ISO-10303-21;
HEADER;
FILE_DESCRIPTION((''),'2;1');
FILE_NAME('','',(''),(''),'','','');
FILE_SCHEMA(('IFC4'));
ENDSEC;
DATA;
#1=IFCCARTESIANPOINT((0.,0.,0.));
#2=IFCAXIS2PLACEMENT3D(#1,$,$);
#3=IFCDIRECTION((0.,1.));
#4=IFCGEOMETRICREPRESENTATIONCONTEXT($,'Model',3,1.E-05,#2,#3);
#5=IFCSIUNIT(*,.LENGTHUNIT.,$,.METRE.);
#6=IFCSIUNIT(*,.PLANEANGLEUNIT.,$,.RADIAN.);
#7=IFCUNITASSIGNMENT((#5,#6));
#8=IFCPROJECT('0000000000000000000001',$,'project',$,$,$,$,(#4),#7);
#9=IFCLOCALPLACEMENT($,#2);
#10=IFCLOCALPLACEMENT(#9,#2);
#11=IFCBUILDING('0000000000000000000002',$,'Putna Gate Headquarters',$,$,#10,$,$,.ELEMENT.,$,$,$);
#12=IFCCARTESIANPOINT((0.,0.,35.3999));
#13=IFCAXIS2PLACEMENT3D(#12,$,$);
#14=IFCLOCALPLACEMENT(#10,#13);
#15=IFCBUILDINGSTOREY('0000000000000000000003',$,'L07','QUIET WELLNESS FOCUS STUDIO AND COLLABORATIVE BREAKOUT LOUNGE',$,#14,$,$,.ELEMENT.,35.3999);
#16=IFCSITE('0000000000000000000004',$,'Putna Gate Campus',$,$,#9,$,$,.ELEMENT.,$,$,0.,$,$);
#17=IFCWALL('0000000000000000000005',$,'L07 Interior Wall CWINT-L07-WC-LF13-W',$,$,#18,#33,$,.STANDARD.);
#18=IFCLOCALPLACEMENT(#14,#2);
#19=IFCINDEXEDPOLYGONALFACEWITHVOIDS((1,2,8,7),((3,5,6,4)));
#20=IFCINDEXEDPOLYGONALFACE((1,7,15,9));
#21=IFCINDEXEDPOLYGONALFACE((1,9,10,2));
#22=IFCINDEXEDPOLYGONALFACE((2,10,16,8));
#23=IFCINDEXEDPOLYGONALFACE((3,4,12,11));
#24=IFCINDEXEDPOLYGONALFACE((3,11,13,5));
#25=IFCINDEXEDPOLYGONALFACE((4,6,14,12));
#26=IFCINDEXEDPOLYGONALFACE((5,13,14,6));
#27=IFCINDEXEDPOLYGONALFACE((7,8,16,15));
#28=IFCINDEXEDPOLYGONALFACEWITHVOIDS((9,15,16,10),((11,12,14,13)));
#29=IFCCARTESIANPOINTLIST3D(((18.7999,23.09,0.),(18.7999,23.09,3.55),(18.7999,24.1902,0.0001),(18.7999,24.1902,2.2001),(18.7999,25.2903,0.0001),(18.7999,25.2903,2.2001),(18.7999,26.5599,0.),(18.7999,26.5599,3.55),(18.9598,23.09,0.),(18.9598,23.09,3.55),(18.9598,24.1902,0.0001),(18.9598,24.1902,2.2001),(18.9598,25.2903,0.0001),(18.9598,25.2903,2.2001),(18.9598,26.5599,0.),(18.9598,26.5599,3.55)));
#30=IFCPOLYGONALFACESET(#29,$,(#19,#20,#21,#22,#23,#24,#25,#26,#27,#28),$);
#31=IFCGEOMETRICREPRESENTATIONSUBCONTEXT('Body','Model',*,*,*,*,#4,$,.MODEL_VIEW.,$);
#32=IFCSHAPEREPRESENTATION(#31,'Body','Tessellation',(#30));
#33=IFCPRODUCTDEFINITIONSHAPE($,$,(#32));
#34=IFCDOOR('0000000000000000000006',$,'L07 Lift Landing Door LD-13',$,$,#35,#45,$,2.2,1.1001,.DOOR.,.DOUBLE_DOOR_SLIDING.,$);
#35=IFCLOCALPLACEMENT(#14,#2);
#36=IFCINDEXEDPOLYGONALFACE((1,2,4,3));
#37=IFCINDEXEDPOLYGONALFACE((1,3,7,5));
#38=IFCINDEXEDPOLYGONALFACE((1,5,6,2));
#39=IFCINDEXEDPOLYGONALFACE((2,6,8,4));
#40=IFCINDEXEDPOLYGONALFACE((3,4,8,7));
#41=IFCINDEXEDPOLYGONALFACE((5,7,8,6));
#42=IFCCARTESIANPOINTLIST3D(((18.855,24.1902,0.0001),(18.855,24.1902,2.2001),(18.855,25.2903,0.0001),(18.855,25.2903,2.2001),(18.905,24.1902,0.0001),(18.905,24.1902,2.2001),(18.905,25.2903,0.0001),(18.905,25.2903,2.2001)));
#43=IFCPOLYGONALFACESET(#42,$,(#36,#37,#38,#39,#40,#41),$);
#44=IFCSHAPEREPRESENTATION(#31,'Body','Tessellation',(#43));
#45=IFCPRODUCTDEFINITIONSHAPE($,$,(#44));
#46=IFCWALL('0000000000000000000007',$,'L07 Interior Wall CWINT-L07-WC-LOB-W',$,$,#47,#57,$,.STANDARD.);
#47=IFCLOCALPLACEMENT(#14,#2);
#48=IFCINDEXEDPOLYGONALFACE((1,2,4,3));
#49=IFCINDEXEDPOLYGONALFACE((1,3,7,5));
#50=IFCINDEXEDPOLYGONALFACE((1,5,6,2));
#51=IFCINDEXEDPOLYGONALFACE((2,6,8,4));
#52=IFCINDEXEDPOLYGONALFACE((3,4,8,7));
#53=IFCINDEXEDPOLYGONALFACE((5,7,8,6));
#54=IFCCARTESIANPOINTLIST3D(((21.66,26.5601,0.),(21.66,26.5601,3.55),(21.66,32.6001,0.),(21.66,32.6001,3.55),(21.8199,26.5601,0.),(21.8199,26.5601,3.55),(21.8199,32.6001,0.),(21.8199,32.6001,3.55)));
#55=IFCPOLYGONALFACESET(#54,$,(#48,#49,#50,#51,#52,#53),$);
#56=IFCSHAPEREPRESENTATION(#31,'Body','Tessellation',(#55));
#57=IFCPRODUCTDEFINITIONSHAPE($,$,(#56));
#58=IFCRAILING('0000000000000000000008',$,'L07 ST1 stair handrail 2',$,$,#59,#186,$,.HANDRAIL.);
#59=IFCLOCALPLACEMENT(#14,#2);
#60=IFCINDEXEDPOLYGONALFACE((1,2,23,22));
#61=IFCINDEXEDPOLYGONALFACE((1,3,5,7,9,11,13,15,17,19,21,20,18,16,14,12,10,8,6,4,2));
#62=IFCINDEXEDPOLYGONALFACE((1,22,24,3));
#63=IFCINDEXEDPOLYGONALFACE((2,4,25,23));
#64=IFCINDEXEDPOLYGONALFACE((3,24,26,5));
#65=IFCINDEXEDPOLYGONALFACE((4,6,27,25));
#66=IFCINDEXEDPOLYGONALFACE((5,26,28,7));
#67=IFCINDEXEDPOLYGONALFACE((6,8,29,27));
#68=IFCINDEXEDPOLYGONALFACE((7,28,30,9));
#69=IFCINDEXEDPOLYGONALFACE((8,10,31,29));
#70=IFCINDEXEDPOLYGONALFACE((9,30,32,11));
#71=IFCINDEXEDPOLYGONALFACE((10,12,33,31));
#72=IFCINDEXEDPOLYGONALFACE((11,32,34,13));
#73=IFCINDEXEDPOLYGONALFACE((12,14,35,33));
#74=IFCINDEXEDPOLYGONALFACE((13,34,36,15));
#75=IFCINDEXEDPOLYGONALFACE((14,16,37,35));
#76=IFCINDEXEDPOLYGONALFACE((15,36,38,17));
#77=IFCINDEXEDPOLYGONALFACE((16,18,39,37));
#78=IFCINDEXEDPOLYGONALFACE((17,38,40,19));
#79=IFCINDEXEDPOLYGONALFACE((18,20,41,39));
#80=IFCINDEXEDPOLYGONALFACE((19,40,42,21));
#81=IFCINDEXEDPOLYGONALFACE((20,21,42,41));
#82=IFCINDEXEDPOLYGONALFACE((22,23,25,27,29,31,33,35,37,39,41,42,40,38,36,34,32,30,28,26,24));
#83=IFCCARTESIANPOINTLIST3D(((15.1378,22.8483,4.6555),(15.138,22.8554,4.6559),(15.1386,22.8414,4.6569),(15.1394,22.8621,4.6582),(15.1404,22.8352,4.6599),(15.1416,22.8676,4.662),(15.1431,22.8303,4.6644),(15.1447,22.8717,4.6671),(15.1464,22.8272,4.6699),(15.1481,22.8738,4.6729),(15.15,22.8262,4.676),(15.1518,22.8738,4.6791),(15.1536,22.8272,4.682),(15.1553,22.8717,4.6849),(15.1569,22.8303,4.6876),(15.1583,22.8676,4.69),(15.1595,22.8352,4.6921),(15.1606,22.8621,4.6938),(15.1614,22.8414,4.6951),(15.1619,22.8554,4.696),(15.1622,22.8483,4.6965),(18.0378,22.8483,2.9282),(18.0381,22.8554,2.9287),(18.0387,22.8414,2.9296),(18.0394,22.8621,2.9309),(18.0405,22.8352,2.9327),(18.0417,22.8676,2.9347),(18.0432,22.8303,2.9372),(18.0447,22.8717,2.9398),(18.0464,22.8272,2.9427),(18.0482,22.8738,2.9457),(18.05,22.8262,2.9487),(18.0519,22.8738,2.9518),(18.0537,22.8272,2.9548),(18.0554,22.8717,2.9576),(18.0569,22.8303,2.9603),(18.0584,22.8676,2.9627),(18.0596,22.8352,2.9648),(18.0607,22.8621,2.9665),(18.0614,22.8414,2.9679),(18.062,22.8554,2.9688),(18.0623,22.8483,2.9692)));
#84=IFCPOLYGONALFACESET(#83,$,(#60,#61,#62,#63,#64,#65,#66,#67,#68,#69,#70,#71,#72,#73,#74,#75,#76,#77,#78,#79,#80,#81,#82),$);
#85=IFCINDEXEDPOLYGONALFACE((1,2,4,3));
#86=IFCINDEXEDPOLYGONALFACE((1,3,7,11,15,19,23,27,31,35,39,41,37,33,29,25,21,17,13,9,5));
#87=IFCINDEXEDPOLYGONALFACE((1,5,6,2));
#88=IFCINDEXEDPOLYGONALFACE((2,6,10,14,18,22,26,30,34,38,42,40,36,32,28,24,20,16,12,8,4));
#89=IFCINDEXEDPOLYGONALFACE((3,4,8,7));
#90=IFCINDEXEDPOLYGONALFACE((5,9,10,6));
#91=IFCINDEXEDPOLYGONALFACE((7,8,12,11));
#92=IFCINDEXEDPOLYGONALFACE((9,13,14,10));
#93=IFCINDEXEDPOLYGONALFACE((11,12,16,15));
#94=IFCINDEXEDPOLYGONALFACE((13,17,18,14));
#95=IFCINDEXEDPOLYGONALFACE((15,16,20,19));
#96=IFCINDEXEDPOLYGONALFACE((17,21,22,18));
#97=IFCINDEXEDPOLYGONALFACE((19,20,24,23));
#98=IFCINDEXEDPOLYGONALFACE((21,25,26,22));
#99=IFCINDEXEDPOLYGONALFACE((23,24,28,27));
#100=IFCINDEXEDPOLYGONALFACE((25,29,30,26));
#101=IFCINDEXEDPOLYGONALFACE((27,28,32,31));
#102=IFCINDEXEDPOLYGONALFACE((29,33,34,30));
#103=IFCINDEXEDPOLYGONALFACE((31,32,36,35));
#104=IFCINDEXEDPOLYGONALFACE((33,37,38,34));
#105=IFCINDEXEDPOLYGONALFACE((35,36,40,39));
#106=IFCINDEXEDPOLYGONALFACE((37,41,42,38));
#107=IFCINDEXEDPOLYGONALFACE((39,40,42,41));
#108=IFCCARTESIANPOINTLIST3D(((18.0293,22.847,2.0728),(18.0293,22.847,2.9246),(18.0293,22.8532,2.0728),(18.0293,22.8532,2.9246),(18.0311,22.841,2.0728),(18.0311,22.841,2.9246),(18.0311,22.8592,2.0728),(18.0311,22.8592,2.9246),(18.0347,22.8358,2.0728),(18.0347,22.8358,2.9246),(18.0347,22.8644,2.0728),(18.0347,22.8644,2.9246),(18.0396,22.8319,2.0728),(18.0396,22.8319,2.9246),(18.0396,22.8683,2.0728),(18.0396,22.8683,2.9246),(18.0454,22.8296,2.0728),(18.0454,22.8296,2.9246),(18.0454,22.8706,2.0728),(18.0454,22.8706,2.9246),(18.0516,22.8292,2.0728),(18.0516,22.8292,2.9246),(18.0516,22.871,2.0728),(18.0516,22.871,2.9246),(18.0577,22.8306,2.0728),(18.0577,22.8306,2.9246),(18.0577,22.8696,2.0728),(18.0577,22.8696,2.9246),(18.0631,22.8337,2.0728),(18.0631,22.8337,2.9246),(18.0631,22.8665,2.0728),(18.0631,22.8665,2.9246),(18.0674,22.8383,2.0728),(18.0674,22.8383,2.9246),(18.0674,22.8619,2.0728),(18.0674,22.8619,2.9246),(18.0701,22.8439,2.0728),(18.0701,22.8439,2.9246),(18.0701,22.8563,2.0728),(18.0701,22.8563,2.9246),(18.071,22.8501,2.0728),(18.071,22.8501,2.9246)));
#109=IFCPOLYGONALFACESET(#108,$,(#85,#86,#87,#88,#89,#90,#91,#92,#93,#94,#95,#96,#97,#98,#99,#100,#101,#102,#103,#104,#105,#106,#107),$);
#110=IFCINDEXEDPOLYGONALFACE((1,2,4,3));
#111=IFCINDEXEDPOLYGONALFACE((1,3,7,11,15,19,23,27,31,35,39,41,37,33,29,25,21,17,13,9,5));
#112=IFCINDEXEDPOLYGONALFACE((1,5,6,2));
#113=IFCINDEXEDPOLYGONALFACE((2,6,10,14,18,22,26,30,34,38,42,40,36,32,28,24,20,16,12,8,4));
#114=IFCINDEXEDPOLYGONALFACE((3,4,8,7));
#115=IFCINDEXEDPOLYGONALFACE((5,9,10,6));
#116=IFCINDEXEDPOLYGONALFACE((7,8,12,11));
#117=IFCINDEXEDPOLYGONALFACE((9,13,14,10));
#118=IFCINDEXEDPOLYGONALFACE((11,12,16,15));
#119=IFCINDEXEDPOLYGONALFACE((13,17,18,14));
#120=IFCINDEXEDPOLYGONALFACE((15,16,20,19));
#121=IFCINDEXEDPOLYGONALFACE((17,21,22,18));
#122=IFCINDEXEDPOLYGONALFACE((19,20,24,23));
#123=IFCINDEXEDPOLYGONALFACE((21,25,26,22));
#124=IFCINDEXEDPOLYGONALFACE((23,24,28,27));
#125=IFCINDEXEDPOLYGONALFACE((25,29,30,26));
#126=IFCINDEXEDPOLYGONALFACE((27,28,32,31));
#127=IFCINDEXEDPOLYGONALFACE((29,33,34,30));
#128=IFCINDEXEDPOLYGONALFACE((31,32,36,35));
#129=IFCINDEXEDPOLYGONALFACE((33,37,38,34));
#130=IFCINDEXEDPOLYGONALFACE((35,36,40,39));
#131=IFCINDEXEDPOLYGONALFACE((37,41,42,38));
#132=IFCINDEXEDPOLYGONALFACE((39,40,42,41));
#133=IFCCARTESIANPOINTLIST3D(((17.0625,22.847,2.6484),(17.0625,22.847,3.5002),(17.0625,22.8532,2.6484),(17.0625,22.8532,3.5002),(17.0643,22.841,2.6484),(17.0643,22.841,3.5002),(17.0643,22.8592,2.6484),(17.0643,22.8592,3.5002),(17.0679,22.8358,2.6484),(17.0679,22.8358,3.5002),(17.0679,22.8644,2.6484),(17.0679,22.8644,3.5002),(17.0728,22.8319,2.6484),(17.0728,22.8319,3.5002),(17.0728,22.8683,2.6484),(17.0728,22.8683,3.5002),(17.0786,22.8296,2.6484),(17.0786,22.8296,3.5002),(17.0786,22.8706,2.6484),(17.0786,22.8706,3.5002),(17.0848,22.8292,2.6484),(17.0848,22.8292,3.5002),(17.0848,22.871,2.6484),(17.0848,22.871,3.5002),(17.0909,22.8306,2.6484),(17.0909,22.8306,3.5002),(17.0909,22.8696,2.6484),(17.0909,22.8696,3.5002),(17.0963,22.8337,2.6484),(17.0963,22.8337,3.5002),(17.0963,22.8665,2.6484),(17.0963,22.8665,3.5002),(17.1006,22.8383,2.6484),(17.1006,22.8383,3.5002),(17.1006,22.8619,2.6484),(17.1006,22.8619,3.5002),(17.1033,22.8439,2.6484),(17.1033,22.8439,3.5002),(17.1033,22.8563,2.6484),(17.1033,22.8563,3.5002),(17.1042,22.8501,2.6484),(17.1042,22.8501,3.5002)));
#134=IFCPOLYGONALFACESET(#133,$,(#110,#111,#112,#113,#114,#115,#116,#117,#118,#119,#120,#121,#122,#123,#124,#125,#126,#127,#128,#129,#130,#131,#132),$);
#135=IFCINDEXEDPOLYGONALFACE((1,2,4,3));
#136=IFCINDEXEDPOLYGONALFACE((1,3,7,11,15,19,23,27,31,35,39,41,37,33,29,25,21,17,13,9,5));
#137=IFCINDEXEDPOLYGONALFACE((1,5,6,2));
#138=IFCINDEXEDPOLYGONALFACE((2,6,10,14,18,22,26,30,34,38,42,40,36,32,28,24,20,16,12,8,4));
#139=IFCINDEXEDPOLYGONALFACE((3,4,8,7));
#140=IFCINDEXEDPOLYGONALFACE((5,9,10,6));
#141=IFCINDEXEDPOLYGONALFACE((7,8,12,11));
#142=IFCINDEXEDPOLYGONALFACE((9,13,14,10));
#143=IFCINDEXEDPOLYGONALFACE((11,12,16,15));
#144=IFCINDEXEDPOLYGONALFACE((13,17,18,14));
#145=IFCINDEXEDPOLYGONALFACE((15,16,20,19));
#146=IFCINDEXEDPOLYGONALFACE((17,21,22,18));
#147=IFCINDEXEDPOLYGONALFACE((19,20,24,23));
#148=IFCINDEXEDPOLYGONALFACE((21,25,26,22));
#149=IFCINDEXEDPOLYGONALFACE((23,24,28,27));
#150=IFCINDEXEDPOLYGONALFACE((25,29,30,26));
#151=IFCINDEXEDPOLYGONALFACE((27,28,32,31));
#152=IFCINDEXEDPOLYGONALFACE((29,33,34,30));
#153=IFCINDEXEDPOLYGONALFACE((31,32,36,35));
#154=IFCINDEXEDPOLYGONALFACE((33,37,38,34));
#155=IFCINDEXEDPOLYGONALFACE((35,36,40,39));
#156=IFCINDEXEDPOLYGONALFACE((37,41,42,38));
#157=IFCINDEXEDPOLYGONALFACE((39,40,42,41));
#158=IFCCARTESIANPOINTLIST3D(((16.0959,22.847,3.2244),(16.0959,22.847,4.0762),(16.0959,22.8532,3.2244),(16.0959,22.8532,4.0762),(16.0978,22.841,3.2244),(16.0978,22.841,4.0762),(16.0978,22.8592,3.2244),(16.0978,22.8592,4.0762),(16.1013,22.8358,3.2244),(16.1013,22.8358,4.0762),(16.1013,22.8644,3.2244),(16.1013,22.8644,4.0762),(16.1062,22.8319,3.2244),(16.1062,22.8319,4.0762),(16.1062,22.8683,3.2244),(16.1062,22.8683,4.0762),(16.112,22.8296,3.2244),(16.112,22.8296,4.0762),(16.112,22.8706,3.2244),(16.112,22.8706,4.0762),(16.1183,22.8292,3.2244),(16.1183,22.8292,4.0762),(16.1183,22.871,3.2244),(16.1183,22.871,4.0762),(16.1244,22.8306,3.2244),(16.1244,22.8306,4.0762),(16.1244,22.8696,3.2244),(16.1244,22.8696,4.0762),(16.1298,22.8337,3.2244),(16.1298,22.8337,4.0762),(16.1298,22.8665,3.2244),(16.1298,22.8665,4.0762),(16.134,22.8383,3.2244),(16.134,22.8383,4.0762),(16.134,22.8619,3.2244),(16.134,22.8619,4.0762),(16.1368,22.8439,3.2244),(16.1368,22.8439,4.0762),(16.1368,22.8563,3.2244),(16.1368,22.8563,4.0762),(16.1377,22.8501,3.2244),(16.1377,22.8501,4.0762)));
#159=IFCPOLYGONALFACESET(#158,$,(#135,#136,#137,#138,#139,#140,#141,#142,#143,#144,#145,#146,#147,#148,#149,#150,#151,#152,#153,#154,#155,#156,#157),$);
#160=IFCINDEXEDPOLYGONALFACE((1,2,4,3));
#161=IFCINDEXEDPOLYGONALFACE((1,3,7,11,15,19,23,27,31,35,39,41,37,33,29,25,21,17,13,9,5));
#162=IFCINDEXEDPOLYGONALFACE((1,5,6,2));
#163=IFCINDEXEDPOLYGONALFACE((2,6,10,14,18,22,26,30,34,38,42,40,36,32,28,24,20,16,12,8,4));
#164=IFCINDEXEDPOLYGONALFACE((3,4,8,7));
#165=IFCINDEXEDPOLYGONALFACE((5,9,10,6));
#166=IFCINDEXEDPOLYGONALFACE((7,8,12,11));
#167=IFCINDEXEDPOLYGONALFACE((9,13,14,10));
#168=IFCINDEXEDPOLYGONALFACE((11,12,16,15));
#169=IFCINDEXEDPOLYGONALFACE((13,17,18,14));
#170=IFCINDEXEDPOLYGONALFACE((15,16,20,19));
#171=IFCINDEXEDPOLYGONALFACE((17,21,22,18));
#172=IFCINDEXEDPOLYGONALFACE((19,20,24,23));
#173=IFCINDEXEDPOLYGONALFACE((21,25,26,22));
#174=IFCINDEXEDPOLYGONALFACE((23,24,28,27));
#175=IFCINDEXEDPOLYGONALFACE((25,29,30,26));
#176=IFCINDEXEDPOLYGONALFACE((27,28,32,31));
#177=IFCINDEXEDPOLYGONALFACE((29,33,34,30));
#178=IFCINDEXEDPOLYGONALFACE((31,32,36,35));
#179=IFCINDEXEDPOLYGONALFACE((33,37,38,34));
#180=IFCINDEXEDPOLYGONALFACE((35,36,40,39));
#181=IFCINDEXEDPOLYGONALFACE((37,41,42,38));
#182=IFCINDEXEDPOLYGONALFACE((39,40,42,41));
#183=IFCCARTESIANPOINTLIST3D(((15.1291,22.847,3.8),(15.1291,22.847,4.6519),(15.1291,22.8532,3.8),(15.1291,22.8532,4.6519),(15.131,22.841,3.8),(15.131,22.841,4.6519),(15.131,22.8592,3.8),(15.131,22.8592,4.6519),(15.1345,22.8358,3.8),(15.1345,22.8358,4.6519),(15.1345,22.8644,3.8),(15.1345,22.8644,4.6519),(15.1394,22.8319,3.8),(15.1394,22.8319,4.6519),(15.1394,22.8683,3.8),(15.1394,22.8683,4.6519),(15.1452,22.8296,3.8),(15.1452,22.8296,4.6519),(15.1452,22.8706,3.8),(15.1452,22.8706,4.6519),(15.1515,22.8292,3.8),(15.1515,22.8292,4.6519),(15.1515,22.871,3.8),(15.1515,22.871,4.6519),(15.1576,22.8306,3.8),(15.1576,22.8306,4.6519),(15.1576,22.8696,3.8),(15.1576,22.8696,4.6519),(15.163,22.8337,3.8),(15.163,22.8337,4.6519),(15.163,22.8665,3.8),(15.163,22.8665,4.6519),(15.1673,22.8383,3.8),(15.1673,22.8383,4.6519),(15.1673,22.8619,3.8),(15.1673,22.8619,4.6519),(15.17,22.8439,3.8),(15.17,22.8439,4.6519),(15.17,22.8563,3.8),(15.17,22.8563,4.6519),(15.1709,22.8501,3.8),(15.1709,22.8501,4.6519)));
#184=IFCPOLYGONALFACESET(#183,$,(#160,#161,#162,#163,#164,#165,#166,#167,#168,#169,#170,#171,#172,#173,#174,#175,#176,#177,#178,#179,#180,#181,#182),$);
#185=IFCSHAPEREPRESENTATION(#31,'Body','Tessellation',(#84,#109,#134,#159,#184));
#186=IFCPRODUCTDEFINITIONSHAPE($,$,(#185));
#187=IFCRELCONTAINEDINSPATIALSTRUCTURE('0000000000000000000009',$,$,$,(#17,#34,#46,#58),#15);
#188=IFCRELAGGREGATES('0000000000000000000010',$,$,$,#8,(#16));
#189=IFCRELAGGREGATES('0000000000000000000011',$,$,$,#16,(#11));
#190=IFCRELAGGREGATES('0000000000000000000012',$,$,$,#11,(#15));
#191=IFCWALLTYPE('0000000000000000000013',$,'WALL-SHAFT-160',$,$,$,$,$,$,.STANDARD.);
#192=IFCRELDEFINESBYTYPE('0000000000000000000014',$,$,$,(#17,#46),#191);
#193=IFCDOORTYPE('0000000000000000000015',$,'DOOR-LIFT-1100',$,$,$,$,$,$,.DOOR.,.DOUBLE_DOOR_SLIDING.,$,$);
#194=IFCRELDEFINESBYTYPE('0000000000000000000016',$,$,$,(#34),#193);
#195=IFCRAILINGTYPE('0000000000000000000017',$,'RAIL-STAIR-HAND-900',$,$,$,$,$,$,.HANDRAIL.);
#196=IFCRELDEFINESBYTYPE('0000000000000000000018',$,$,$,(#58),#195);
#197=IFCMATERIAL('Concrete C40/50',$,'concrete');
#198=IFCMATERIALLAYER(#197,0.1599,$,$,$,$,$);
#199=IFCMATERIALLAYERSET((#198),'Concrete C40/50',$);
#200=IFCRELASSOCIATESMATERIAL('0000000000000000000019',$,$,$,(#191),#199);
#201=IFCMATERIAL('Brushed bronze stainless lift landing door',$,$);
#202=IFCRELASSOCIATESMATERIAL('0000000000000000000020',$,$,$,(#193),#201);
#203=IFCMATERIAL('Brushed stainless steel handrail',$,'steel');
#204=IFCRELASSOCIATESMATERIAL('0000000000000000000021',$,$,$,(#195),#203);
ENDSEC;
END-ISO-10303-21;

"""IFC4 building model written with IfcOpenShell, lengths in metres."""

from ifc_helpers import new_model, si_unit, direction, frame, frame_2d, origin, origin_2d, place, context, subcontext, project, spatial, rectangle, circle, extrude, material, layer, layer_set, type_object, element, fill, save


model = new_model("IFC4")

# Units and contexts
model_context = context("Model", 3, precision=1e-05, world=origin(), true_north=direction((0.0, 1.0)))
body_context = subcontext(model_context, "Body", "Model", "MODEL_VIEW")
ifc_project = project(units=[si_unit("LENGTHUNIT", "METRE"), si_unit("PLANEANGLEUNIT", "RADIAN")], contexts=[model_context])

# Site, building, storey
site_placement = place(None, origin())
site = spatial("IfcSite", under=ifc_project, at=site_placement, Name="Putna Gate Campus", CompositionType="ELEMENT", RefElevation=0.0)
building_placement = place(site_placement, origin())
building = spatial("IfcBuilding", under=site, at=building_placement, Name="Putna Gate Headquarters", CompositionType="ELEMENT")
storey_placement = place(building_placement, frame((0.0, 0.0, 35.3999)))
storey = spatial("IfcBuildingStorey", under=building, at=storey_placement, Name="L07", Description="QUIET WELLNESS FOCUS STUDIO AND COLLABORATIVE BREAKOUT LOUNGE", CompositionType="ELEMENT", Elevation=35.3999)

# Shared definitions
ifc_material_1 = material(Name="Concrete C40/50", Category="concrete")
ifc_layer_1 = layer(ifc_material_1, 0.1599)
ifc_layer_set_1 = layer_set([ifc_layer_1], Name="Concrete C40/50")
wall_type_1 = type_object("IfcWallType", Name="WALL-SHAFT-160", PredefinedType="STANDARD", material=ifc_layer_set_1)

# Wall, opening, door
wall_1_placement = place(storey_placement, frame((18.8799, 23.0901, 0.0), z_axis=(0.0, 0.0, 1.0), x_axis=(0.0, 1.0, 0.0)))
wall_1 = element("IfcWall", 1, at=wall_1_placement, inside=storey, type_object=wall_type_1, Name="L07 Interior Wall CWINT-L07-WC-LF13-W", PredefinedType="STANDARD", context=body_context, shape_type="SweptSolid", body=[
    extrude(rectangle(XDim=3.47, YDim=0.1599, at=frame_2d((1.7349, 0.0))), origin(), (0.0, 0.0, 1.0), 3.55),
])
opening_1_placement = place(wall_1_placement, frame((1.1001, 0.0, 0.0)))
opening_1 = element("IfcOpeningElement", 2, at=opening_1_placement, cuts=wall_1, PredefinedType="OPENING", context=body_context, shape_type="SweptSolid", body=[
    extrude(rectangle(XDim=1.1001, YDim=2.2, at=frame_2d((0.55, 1.1001))), frame((0.0, 0.0898, 0.0), z_axis=(0.0, -1.0, 0.0), x_axis=(1.0, 0.0, 0.0)), (0.0, 0.0, 1.0), 0.1799),
])
ifc_material_2 = material(Name="Brushed bronze stainless lift landing door")
door_type_1 = type_object("IfcDoorType", Name="DOOR-LIFT-1100", OperationType="DOUBLE_DOOR_SLIDING", PredefinedType="DOOR", material=ifc_material_2)
door_1_placement = place(opening_1_placement, origin())
door_1 = element("IfcDoor", 3, at=door_1_placement, inside=storey, type_object=door_type_1, Name="L07 Lift Landing Door LD-13", OperationType="DOUBLE_DOOR_SLIDING", OverallHeight=2.2, OverallWidth=1.1001, PredefinedType="DOOR", context=body_context, shape_type="SweptSolid", body=[
    extrude(rectangle(XDim=1.1001, YDim=2.2, at=frame_2d((0.55, 1.1001))), frame((0.0, 0.0249, 0.0), z_axis=(0.0, -1.0, 0.0), x_axis=(1.0, 0.0, 0.0)), (0.0, 0.0, 1.0), 0.05),
])
fill(opening_1, door_1)

# Wall
wall_2_placement = place(storey_placement, frame((21.74, 26.5601, 0.0), z_axis=(0.0, 0.0, 1.0), x_axis=(0.0, 1.0, 0.0)))
element("IfcWall", 4, at=wall_2_placement, inside=storey, type_object=wall_type_1, Name="L07 Interior Wall CWINT-L07-WC-LOB-W", PredefinedType="STANDARD", context=body_context, shape_type="SweptSolid", body=[
    extrude(rectangle(XDim=6.04, YDim=0.1599, at=frame_2d((3.02, 0.0))), origin(), (0.0, 0.0, 1.0), 3.55),
])

# Railing
ifc_material_3 = material(Name="Brushed stainless steel handrail", Category="steel")
railing_type_1 = type_object("IfcRailingType", Name="RAIL-STAIR-HAND-900", PredefinedType="HANDRAIL", material=ifc_material_3)
railing_1_placement = place(storey_placement, frame((18.05, 22.8501, 2.0728)))
element("IfcRailing", 5, at=railing_1_placement, inside=storey, type_object=railing_type_1, Name="L07 ST1 stair handrail 2", PredefinedType="HANDRAIL", context=body_context, shape_type="SweptSolid", body=[
    extrude(circle(Radius=0.0239, at=origin_2d()), frame((0.0, 0.0, 0.876), z_axis=(-0.85916, 0.0, 0.511706), x_axis=(0.0, -1.0, 0.0)), (0.0, 0.0, 1.0), 3.3755),
    extrude(circle(Radius=0.021, at=origin_2d()), origin(), (0.0, 0.0, 1.0), 0.8518),
    extrude(circle(Radius=0.021, at=origin_2d()), frame((-0.9668, 0.0, 0.5757)), (0.0, 0.0, 1.0), 0.8518),
    extrude(circle(Radius=0.021, at=origin_2d()), frame((-1.9333, 0.0, 1.1516)), (0.0, 0.0, 1.0), 0.8518),
    extrude(circle(Radius=0.021, at=origin_2d()), frame((-2.9001, 0.0, 1.7273)), (0.0, 0.0, 1.0), 0.8518),
])

save(model, "model.ifc")
